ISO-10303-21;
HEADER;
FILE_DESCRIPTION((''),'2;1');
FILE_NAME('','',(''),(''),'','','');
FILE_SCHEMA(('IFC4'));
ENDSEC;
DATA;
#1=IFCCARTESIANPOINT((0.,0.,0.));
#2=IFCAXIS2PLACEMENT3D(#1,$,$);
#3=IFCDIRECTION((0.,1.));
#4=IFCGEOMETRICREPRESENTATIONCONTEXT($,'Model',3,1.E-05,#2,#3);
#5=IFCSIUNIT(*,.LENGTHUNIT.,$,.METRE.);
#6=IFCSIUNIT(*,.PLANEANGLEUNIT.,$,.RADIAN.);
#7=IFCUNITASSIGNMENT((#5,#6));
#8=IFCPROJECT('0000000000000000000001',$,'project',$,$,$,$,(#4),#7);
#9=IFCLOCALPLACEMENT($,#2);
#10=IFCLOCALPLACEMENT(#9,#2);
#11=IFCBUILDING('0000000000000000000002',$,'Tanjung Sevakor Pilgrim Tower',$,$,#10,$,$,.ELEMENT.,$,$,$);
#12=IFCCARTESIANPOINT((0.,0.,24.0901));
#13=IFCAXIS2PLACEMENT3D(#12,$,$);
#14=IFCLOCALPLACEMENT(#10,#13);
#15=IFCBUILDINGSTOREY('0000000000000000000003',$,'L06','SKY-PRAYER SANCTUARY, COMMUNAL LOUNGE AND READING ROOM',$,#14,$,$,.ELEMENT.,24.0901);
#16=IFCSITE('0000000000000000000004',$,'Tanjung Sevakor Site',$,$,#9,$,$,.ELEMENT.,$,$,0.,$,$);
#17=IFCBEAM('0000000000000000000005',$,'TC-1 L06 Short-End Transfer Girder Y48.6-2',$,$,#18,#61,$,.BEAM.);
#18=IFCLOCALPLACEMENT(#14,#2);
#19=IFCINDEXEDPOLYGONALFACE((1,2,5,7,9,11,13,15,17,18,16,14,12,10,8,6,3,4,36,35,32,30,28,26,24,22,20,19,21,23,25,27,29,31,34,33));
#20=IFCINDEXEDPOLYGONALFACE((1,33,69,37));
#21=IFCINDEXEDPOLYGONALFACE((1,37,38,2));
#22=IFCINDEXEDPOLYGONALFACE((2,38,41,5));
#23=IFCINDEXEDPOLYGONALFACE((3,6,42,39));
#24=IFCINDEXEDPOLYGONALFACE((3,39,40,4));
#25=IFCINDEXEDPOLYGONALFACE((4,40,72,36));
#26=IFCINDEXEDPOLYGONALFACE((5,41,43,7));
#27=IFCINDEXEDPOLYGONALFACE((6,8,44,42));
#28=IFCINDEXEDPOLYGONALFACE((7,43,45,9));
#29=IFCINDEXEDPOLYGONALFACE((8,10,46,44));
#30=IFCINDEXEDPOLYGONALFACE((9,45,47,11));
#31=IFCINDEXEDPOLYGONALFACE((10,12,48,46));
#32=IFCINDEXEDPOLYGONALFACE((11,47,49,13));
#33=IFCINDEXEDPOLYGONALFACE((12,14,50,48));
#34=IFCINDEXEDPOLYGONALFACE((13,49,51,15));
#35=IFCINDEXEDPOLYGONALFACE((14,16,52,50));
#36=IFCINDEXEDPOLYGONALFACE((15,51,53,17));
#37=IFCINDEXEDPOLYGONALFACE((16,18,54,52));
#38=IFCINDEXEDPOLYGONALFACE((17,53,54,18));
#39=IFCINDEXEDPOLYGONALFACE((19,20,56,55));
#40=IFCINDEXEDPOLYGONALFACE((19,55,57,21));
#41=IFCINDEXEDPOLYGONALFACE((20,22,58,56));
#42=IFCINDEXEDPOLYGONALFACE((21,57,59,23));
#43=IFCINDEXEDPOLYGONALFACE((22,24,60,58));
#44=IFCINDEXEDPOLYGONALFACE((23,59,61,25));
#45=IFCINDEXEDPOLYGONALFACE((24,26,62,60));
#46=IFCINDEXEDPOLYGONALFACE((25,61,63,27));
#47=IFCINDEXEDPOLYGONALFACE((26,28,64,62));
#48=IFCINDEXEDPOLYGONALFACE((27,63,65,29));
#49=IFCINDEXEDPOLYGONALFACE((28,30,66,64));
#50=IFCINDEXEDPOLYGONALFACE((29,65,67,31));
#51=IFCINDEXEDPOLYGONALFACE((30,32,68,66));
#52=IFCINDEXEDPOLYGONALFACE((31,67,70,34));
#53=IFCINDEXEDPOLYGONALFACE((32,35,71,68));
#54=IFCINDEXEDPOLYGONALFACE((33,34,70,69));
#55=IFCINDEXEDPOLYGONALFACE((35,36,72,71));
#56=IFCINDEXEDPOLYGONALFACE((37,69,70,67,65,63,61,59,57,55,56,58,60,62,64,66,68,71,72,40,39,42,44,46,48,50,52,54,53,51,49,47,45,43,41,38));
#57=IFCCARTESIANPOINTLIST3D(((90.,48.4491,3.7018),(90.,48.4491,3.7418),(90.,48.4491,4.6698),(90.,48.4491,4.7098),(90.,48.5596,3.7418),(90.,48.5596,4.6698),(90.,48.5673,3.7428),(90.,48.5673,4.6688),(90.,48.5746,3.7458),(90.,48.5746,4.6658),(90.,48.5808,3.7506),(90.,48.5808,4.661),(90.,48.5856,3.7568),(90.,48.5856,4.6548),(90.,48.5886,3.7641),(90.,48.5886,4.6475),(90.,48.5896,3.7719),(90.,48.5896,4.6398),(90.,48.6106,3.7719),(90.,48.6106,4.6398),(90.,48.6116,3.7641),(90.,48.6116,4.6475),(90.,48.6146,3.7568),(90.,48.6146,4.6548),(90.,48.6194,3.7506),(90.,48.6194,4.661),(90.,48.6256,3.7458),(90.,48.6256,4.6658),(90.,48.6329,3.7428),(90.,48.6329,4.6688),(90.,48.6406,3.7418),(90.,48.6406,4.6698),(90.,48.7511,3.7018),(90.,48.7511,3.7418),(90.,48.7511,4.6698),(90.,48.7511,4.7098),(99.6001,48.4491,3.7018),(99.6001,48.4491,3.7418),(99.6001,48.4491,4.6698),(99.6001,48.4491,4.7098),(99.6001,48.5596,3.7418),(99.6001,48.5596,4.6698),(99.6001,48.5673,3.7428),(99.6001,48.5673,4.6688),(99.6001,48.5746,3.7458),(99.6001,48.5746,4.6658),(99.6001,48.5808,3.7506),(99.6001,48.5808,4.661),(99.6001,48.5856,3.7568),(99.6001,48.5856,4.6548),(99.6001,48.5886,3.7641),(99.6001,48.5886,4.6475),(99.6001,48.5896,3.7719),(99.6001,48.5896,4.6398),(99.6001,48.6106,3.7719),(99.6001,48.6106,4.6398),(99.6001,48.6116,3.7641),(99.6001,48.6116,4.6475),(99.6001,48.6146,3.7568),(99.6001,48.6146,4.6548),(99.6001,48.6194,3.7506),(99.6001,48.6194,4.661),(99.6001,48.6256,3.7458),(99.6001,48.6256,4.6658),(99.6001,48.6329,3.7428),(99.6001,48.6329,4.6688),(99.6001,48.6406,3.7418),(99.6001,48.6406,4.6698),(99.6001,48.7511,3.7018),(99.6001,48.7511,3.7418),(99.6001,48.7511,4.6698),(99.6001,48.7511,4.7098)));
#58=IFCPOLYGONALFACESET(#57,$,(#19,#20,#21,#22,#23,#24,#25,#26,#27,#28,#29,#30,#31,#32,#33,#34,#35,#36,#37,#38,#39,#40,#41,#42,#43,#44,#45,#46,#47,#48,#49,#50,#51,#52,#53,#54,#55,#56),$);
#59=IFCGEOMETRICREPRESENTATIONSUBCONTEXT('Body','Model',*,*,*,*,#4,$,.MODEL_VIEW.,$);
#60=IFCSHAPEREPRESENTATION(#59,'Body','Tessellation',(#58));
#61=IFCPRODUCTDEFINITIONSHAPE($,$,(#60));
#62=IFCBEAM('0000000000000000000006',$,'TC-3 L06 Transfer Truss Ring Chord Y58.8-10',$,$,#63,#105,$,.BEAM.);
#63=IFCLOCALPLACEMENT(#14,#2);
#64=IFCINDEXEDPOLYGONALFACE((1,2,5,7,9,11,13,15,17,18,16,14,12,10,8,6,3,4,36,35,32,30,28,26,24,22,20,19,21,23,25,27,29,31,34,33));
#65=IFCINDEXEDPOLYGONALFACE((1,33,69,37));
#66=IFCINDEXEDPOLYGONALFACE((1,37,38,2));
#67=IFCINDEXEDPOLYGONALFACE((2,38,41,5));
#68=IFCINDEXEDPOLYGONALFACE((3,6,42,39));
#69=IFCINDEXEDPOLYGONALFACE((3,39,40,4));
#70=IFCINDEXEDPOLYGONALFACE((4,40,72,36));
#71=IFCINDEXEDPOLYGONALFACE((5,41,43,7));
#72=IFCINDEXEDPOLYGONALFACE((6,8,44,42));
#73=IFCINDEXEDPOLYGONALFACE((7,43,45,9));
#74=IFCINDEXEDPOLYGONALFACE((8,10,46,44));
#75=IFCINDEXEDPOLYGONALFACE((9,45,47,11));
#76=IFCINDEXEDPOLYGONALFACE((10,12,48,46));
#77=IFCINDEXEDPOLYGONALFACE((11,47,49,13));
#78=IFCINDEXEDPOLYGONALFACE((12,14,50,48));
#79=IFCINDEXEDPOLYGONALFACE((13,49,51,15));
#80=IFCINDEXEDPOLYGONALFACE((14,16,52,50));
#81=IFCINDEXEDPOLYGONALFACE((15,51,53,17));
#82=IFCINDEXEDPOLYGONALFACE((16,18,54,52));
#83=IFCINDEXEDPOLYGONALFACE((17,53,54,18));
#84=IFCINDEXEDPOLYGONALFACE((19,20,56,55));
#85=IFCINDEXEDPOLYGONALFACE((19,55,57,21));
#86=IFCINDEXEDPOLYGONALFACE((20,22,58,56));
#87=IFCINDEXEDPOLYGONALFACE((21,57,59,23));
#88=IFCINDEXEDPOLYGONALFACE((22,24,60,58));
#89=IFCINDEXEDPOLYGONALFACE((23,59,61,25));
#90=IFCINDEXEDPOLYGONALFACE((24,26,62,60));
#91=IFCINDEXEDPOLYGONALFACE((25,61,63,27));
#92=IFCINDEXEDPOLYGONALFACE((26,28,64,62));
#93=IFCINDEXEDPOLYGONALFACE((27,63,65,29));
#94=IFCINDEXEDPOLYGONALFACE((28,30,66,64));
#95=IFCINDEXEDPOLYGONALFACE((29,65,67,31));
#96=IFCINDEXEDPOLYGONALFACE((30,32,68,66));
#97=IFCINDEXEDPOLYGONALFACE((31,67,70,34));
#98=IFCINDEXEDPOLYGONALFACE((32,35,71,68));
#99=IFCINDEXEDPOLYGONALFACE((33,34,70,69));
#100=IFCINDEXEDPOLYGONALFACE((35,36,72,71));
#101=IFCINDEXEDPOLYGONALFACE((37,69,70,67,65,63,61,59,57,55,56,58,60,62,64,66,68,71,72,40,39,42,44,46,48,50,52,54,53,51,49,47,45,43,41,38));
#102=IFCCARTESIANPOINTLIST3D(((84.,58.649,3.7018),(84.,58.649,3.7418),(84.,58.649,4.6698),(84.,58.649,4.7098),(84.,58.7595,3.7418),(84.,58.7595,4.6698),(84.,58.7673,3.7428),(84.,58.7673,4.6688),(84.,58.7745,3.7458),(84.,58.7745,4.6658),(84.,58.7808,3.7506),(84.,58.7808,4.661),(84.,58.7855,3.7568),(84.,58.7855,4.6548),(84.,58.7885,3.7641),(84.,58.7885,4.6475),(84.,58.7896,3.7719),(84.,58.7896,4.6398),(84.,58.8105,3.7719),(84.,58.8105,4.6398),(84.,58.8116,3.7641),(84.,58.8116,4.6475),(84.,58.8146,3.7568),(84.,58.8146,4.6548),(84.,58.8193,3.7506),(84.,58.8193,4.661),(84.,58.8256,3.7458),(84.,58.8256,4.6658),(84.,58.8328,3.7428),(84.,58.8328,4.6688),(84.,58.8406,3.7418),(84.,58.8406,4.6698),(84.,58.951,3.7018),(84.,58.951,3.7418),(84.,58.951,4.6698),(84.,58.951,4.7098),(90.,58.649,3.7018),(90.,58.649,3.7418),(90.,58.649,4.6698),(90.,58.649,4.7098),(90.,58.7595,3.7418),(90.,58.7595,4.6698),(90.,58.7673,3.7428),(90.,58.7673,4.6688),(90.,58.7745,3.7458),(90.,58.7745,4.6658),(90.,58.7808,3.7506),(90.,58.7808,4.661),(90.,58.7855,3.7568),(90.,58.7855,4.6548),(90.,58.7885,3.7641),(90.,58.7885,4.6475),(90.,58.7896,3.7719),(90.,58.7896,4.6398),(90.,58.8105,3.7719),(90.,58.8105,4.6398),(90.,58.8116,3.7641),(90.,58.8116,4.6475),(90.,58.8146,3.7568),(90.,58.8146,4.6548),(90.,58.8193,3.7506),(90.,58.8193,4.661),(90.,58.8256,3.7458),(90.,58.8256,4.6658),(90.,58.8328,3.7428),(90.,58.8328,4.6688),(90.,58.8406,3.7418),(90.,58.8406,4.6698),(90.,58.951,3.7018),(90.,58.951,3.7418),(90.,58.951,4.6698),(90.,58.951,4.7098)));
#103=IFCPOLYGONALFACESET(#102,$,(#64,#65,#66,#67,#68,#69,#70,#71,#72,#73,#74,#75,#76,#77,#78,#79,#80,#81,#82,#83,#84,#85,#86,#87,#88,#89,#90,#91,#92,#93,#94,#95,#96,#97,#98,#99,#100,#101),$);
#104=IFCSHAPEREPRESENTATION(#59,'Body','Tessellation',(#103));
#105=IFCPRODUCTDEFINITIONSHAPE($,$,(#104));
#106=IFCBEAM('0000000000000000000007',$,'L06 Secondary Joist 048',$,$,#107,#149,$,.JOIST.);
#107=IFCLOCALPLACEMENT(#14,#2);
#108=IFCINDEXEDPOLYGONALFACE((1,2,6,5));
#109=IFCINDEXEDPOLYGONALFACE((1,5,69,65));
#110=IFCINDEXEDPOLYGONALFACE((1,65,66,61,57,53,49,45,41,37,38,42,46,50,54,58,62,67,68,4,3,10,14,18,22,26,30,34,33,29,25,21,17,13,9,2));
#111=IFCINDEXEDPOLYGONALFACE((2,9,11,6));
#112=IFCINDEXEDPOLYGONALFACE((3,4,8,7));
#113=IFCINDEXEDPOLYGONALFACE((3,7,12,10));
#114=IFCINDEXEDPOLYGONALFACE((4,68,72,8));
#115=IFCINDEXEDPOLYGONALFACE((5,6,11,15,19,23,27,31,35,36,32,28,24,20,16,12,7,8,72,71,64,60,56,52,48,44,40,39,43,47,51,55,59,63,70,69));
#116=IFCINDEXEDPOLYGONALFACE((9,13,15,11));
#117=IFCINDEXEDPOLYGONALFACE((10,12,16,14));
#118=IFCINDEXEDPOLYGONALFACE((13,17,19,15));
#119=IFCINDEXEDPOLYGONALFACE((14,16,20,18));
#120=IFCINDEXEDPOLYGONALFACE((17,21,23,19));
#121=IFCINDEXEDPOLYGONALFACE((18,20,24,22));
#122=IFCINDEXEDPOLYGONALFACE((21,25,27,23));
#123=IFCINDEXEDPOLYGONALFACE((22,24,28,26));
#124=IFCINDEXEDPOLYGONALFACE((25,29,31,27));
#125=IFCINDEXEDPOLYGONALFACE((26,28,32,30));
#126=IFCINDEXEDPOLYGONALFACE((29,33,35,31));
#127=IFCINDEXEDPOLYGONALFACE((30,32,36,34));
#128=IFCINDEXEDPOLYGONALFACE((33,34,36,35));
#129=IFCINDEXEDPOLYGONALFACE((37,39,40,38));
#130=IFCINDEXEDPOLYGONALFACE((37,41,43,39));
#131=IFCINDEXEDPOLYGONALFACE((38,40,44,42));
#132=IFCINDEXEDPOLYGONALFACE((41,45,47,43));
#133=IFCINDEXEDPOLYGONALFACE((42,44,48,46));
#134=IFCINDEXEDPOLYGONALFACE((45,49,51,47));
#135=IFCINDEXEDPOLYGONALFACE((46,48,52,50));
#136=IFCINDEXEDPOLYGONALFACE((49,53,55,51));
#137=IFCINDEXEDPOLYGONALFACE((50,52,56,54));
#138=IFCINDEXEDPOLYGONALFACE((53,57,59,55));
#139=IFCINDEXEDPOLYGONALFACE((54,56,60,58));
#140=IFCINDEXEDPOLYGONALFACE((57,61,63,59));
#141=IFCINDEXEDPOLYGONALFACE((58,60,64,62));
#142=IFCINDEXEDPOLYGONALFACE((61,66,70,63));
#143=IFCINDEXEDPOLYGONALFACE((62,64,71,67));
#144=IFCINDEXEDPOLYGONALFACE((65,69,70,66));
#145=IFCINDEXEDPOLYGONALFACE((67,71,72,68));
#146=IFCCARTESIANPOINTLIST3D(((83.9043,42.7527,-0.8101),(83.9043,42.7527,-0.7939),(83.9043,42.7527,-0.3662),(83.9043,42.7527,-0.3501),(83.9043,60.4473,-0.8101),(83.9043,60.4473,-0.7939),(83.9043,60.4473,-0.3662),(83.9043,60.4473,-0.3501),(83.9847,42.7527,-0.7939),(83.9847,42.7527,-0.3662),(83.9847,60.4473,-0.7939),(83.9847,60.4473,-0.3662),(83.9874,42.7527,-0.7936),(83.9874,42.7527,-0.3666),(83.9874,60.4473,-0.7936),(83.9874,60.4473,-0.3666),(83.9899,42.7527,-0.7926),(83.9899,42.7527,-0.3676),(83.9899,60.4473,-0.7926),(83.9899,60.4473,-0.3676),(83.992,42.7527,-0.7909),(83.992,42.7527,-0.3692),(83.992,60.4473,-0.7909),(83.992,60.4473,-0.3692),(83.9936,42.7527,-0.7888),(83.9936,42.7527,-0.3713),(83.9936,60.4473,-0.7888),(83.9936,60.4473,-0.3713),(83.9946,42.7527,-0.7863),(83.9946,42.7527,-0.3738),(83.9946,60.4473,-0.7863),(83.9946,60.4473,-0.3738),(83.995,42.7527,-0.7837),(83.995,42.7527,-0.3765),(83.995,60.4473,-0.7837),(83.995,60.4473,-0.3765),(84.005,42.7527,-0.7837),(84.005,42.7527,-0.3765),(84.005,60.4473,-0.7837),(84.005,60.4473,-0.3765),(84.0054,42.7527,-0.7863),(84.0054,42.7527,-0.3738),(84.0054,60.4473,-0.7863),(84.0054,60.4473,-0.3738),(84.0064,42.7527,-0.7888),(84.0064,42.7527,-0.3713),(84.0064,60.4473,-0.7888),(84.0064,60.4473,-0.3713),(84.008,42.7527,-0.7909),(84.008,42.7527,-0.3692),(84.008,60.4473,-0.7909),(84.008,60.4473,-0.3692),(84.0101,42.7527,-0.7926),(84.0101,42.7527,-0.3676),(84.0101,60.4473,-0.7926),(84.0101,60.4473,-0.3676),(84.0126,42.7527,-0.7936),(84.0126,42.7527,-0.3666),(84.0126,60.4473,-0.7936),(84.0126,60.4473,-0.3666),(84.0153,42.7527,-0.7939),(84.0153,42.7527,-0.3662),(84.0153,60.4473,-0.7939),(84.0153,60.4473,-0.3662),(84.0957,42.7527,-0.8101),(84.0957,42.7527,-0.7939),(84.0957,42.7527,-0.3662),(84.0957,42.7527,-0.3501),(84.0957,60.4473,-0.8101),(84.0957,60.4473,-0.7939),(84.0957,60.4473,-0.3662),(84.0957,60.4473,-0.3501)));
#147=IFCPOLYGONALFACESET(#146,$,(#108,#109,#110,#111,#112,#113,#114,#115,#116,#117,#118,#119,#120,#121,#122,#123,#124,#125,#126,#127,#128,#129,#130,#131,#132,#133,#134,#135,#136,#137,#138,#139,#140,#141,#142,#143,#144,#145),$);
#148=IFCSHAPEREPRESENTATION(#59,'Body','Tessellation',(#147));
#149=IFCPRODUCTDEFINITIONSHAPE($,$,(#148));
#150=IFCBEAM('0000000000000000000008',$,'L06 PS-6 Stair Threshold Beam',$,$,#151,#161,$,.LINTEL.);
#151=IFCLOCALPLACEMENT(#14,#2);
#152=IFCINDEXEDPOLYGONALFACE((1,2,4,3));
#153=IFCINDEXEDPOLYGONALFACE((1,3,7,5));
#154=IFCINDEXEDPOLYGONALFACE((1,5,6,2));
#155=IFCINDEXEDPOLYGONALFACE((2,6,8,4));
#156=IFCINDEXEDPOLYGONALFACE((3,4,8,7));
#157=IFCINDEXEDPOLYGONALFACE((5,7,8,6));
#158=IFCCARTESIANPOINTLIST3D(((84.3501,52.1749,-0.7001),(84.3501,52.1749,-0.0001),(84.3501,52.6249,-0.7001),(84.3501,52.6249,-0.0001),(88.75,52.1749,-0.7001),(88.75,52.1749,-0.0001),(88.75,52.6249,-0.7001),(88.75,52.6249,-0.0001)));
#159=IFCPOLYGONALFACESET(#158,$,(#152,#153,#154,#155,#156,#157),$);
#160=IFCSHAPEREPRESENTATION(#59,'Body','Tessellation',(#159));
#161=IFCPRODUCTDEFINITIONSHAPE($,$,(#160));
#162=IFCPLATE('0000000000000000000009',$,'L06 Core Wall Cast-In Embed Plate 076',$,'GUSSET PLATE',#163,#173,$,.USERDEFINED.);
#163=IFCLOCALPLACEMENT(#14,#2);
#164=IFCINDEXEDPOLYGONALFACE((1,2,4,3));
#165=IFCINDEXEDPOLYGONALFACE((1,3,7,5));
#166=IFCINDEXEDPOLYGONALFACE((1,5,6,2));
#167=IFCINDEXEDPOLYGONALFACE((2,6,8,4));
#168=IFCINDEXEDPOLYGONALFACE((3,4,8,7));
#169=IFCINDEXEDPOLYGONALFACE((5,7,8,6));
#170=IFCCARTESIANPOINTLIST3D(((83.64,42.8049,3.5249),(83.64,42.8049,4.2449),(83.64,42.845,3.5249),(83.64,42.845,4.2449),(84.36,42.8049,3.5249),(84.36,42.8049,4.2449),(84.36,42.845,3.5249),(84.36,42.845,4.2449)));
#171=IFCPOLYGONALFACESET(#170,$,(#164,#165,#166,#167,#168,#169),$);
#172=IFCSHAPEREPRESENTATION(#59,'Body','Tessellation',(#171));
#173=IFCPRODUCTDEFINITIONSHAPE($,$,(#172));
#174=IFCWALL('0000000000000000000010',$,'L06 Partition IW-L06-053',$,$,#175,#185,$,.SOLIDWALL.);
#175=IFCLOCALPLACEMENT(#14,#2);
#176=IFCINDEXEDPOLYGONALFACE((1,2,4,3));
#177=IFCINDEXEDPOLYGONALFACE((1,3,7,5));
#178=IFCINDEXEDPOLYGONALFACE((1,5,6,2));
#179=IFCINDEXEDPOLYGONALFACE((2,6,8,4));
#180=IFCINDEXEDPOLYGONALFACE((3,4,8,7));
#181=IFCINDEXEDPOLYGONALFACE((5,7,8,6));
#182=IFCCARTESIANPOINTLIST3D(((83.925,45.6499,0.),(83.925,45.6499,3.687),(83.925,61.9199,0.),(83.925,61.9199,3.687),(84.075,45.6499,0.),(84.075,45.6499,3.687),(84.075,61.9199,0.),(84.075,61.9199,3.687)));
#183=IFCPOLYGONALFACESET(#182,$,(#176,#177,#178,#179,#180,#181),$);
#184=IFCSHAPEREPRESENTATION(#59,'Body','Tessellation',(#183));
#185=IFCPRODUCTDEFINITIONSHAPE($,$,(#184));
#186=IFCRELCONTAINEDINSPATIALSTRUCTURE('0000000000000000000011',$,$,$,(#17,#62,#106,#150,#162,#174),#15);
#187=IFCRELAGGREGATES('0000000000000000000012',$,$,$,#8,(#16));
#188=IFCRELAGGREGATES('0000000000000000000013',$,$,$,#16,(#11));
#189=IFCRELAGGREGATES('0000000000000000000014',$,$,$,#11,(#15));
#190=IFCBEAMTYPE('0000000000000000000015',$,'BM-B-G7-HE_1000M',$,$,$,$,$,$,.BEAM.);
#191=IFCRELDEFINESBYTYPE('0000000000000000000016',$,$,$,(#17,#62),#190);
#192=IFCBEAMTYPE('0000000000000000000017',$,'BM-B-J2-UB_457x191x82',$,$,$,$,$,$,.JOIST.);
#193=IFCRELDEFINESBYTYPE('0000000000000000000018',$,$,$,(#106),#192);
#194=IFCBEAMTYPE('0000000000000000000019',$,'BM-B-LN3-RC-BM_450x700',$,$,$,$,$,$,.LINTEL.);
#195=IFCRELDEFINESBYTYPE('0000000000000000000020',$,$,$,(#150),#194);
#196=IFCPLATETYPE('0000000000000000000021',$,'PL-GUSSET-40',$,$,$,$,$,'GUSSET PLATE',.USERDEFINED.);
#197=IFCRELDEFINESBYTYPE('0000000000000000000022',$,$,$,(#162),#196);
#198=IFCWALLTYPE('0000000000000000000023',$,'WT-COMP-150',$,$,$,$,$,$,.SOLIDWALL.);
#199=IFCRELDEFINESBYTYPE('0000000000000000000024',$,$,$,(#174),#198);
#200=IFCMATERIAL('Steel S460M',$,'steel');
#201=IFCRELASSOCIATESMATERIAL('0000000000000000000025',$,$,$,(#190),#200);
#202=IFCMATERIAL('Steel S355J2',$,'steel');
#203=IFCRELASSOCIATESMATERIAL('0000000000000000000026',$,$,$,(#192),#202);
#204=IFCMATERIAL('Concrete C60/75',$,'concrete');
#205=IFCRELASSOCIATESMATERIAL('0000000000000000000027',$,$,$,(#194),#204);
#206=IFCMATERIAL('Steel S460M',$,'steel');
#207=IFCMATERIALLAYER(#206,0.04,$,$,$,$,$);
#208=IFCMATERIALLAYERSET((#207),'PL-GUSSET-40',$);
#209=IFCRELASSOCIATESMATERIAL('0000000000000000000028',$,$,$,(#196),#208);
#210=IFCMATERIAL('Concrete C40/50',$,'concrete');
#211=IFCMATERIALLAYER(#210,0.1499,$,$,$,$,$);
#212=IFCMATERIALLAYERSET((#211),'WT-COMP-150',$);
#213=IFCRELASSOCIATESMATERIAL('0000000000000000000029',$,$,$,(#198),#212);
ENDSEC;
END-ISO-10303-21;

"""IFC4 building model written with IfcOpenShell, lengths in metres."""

from ifc_helpers import new_model, si_unit, direction, frame, frame_2d, origin, origin_2d, place, context, subcontext, project, spatial, rectangle, i_section, extrude, material, layer, layer_set, material_profile, profile_set, type_object, element, save


model = new_model("IFC4")

# Units and contexts
model_context = context("Model", 3, precision=1e-05, world=origin(), true_north=direction((0.0, 1.0)))
body_context = subcontext(model_context, "Body", "Model", "MODEL_VIEW")
ifc_project = project(units=[si_unit("LENGTHUNIT", "METRE"), si_unit("PLANEANGLEUNIT", "RADIAN")], contexts=[model_context])

# Site, building, storey
site_placement = place(None, origin())
site = spatial("IfcSite", under=ifc_project, at=site_placement, Name="Tanjung Sevakor Site", CompositionType="ELEMENT", RefElevation=0.0)
building_placement = place(site_placement, origin())
building = spatial("IfcBuilding", under=site, at=building_placement, Name="Tanjung Sevakor Pilgrim Tower", CompositionType="ELEMENT")
storey_placement = place(building_placement, frame((0.0, 0.0, 24.0901)))
storey = spatial("IfcBuildingStorey", under=building, at=storey_placement, Name="L06", Description="SKY-PRAYER SANCTUARY, COMMUNAL LOUNGE AND READING ROOM", CompositionType="ELEMENT", Elevation=24.0901)

# Beams
ifc_material_1 = material(Name="Steel S460M", Category="steel")
ifc_material_profile_1 = material_profile(ifc_material_1, i_section(OverallWidth=0.302, OverallDepth=1.0081, WebThickness=0.021, FlangeThickness=0.04, FilletRadius=0.03, at=origin_2d()))
ifc_profile_set_1 = profile_set([ifc_material_profile_1], Name="Steel S460M")
beam_type_1 = type_object("IfcBeamType", Name="BM-B-G7-HE_1000M", PredefinedType="BEAM", material=ifc_profile_set_1)
beam_1_placement = place(storey_placement, frame((90.0, 48.6001, 4.2058), z_axis=(1.0, 0.0, 0.0), x_axis=(0.0, 1.0, 0.0)))
element("IfcBeam", 1, at=beam_1_placement, inside=storey, type_object=beam_type_1, Name="TC-1 L06 Short-End Transfer Girder Y48.6-2", PredefinedType="BEAM", context=body_context, shape_type="SweptSolid", body=[
    extrude(i_section(OverallWidth=0.302, OverallDepth=1.0081, WebThickness=0.021, FlangeThickness=0.04, FilletRadius=0.03, at=origin_2d()), origin(), (0.0, 0.0, 1.0), 9.6001),
])
beam_2_placement = place(storey_placement, frame((84.0, 58.8, 4.2058), z_axis=(1.0, 0.0, 0.0), x_axis=(0.0, 1.0, 0.0)))
element("IfcBeam", 2, at=beam_2_placement, inside=storey, type_object=beam_type_1, Name="TC-3 L06 Transfer Truss Ring Chord Y58.8-10", PredefinedType="BEAM", context=body_context, shape_type="SweptSolid", body=[
    extrude(i_section(OverallWidth=0.302, OverallDepth=1.0081, WebThickness=0.021, FlangeThickness=0.04, FilletRadius=0.03, at=origin_2d()), origin(), (0.0, 0.0, 1.0), 6.0),
])
ifc_material_2 = material(Name="Steel S355J2", Category="steel")
ifc_material_profile_2 = material_profile(ifc_material_2, i_section(OverallWidth=0.1914, OverallDepth=0.46, WebThickness=0.01, FlangeThickness=0.0161, FilletRadius=0.0103, at=origin_2d()))
ifc_profile_set_2 = profile_set([ifc_material_profile_2], Name="Steel S355J2")
beam_type_2 = type_object("IfcBeamType", Name="BM-B-J2-UB_457x191x82", PredefinedType="JOIST", material=ifc_profile_set_2)
beam_3_placement = place(storey_placement, frame((84.0, 42.7527, -0.5801), z_axis=(0.0, 1.0, 0.0), x_axis=(-1.0, 0.0, 0.0)))
element("IfcBeam", 3, at=beam_3_placement, inside=storey, type_object=beam_type_2, Name="L06 Secondary Joist 048", PredefinedType="JOIST", context=body_context, shape_type="SweptSolid", body=[
    extrude(i_section(OverallWidth=0.1914, OverallDepth=0.46, WebThickness=0.01, FlangeThickness=0.0161, FilletRadius=0.0103, at=origin_2d()), origin(), (0.0, 0.0, 1.0), 17.6946),
])
ifc_material_3 = material(Name="Concrete C60/75", Category="concrete")
ifc_material_profile_3 = material_profile(ifc_material_3, rectangle(XDim=0.45, YDim=0.7, at=origin_2d()))
ifc_profile_set_3 = profile_set([ifc_material_profile_3], Name="Concrete C60/75")
beam_type_3 = type_object("IfcBeamType", Name="BM-B-LN3-RC-BM_450x700", PredefinedType="LINTEL", material=ifc_profile_set_3)
beam_4_placement = place(storey_placement, frame((84.3501, 52.3999, -0.3501), z_axis=(1.0, 0.0, 0.0), x_axis=(0.0, 1.0, 0.0)))
element("IfcBeam", 4, at=beam_4_placement, inside=storey, type_object=beam_type_3, Name="L06 PS-6 Stair Threshold Beam", PredefinedType="LINTEL", context=body_context, shape_type="SweptSolid", body=[
    extrude(rectangle(XDim=0.45, YDim=0.7, at=origin_2d()), origin(), (0.0, 0.0, 1.0), 4.3999),
])

# Plate
ifc_material_4 = material(Name="Steel S460M", Category="steel")
ifc_layer_1 = layer(ifc_material_4, 0.04)
ifc_layer_set_1 = layer_set([ifc_layer_1], Name="PL-GUSSET-40")
plate_type = type_object("IfcPlateType", Name="PL-GUSSET-40", ElementType="GUSSET PLATE", PredefinedType="USERDEFINED", material=ifc_layer_set_1)
plate_placement = place(storey_placement, frame((84.0, 42.825, 3.5249), z_axis=(0.0, 0.0, 1.0), x_axis=(1.0, 0.0, 0.0)))
element("IfcPlate", 5, at=plate_placement, inside=storey, type_object=plate_type, Name="L06 Core Wall Cast-In Embed Plate 076", ObjectType="GUSSET PLATE", PredefinedType="USERDEFINED", context=body_context, shape_type="SweptSolid", body=[
    extrude(rectangle(XDim=0.72, YDim=0.04, at=origin_2d()), origin(), (0.0, 0.0, 1.0), 0.72),
])

# Wall
ifc_material_5 = material(Name="Concrete C40/50", Category="concrete")
ifc_layer_2 = layer(ifc_material_5, 0.1499)
ifc_layer_set_2 = layer_set([ifc_layer_2], Name="WT-COMP-150")
wall_type_1 = type_object("IfcWallType", Name="WT-COMP-150", PredefinedType="SOLIDWALL", material=ifc_layer_set_2)
wall_1_placement = place(storey_placement, frame((84.0, 45.6499, 0.0), z_axis=(0.0, 0.0, 1.0), x_axis=(0.0, 1.0, 0.0)))
element("IfcWall", 6, at=wall_1_placement, inside=storey, type_object=wall_type_1, Name="L06 Partition IW-L06-053", PredefinedType="SOLIDWALL", context=body_context, shape_type="SweptSolid", body=[
    extrude(rectangle(XDim=16.27, YDim=0.1499, at=frame_2d((8.135, 0.0))), origin(), (0.0, 0.0, 1.0), 3.687),
])

save(model, "model.ifc")
